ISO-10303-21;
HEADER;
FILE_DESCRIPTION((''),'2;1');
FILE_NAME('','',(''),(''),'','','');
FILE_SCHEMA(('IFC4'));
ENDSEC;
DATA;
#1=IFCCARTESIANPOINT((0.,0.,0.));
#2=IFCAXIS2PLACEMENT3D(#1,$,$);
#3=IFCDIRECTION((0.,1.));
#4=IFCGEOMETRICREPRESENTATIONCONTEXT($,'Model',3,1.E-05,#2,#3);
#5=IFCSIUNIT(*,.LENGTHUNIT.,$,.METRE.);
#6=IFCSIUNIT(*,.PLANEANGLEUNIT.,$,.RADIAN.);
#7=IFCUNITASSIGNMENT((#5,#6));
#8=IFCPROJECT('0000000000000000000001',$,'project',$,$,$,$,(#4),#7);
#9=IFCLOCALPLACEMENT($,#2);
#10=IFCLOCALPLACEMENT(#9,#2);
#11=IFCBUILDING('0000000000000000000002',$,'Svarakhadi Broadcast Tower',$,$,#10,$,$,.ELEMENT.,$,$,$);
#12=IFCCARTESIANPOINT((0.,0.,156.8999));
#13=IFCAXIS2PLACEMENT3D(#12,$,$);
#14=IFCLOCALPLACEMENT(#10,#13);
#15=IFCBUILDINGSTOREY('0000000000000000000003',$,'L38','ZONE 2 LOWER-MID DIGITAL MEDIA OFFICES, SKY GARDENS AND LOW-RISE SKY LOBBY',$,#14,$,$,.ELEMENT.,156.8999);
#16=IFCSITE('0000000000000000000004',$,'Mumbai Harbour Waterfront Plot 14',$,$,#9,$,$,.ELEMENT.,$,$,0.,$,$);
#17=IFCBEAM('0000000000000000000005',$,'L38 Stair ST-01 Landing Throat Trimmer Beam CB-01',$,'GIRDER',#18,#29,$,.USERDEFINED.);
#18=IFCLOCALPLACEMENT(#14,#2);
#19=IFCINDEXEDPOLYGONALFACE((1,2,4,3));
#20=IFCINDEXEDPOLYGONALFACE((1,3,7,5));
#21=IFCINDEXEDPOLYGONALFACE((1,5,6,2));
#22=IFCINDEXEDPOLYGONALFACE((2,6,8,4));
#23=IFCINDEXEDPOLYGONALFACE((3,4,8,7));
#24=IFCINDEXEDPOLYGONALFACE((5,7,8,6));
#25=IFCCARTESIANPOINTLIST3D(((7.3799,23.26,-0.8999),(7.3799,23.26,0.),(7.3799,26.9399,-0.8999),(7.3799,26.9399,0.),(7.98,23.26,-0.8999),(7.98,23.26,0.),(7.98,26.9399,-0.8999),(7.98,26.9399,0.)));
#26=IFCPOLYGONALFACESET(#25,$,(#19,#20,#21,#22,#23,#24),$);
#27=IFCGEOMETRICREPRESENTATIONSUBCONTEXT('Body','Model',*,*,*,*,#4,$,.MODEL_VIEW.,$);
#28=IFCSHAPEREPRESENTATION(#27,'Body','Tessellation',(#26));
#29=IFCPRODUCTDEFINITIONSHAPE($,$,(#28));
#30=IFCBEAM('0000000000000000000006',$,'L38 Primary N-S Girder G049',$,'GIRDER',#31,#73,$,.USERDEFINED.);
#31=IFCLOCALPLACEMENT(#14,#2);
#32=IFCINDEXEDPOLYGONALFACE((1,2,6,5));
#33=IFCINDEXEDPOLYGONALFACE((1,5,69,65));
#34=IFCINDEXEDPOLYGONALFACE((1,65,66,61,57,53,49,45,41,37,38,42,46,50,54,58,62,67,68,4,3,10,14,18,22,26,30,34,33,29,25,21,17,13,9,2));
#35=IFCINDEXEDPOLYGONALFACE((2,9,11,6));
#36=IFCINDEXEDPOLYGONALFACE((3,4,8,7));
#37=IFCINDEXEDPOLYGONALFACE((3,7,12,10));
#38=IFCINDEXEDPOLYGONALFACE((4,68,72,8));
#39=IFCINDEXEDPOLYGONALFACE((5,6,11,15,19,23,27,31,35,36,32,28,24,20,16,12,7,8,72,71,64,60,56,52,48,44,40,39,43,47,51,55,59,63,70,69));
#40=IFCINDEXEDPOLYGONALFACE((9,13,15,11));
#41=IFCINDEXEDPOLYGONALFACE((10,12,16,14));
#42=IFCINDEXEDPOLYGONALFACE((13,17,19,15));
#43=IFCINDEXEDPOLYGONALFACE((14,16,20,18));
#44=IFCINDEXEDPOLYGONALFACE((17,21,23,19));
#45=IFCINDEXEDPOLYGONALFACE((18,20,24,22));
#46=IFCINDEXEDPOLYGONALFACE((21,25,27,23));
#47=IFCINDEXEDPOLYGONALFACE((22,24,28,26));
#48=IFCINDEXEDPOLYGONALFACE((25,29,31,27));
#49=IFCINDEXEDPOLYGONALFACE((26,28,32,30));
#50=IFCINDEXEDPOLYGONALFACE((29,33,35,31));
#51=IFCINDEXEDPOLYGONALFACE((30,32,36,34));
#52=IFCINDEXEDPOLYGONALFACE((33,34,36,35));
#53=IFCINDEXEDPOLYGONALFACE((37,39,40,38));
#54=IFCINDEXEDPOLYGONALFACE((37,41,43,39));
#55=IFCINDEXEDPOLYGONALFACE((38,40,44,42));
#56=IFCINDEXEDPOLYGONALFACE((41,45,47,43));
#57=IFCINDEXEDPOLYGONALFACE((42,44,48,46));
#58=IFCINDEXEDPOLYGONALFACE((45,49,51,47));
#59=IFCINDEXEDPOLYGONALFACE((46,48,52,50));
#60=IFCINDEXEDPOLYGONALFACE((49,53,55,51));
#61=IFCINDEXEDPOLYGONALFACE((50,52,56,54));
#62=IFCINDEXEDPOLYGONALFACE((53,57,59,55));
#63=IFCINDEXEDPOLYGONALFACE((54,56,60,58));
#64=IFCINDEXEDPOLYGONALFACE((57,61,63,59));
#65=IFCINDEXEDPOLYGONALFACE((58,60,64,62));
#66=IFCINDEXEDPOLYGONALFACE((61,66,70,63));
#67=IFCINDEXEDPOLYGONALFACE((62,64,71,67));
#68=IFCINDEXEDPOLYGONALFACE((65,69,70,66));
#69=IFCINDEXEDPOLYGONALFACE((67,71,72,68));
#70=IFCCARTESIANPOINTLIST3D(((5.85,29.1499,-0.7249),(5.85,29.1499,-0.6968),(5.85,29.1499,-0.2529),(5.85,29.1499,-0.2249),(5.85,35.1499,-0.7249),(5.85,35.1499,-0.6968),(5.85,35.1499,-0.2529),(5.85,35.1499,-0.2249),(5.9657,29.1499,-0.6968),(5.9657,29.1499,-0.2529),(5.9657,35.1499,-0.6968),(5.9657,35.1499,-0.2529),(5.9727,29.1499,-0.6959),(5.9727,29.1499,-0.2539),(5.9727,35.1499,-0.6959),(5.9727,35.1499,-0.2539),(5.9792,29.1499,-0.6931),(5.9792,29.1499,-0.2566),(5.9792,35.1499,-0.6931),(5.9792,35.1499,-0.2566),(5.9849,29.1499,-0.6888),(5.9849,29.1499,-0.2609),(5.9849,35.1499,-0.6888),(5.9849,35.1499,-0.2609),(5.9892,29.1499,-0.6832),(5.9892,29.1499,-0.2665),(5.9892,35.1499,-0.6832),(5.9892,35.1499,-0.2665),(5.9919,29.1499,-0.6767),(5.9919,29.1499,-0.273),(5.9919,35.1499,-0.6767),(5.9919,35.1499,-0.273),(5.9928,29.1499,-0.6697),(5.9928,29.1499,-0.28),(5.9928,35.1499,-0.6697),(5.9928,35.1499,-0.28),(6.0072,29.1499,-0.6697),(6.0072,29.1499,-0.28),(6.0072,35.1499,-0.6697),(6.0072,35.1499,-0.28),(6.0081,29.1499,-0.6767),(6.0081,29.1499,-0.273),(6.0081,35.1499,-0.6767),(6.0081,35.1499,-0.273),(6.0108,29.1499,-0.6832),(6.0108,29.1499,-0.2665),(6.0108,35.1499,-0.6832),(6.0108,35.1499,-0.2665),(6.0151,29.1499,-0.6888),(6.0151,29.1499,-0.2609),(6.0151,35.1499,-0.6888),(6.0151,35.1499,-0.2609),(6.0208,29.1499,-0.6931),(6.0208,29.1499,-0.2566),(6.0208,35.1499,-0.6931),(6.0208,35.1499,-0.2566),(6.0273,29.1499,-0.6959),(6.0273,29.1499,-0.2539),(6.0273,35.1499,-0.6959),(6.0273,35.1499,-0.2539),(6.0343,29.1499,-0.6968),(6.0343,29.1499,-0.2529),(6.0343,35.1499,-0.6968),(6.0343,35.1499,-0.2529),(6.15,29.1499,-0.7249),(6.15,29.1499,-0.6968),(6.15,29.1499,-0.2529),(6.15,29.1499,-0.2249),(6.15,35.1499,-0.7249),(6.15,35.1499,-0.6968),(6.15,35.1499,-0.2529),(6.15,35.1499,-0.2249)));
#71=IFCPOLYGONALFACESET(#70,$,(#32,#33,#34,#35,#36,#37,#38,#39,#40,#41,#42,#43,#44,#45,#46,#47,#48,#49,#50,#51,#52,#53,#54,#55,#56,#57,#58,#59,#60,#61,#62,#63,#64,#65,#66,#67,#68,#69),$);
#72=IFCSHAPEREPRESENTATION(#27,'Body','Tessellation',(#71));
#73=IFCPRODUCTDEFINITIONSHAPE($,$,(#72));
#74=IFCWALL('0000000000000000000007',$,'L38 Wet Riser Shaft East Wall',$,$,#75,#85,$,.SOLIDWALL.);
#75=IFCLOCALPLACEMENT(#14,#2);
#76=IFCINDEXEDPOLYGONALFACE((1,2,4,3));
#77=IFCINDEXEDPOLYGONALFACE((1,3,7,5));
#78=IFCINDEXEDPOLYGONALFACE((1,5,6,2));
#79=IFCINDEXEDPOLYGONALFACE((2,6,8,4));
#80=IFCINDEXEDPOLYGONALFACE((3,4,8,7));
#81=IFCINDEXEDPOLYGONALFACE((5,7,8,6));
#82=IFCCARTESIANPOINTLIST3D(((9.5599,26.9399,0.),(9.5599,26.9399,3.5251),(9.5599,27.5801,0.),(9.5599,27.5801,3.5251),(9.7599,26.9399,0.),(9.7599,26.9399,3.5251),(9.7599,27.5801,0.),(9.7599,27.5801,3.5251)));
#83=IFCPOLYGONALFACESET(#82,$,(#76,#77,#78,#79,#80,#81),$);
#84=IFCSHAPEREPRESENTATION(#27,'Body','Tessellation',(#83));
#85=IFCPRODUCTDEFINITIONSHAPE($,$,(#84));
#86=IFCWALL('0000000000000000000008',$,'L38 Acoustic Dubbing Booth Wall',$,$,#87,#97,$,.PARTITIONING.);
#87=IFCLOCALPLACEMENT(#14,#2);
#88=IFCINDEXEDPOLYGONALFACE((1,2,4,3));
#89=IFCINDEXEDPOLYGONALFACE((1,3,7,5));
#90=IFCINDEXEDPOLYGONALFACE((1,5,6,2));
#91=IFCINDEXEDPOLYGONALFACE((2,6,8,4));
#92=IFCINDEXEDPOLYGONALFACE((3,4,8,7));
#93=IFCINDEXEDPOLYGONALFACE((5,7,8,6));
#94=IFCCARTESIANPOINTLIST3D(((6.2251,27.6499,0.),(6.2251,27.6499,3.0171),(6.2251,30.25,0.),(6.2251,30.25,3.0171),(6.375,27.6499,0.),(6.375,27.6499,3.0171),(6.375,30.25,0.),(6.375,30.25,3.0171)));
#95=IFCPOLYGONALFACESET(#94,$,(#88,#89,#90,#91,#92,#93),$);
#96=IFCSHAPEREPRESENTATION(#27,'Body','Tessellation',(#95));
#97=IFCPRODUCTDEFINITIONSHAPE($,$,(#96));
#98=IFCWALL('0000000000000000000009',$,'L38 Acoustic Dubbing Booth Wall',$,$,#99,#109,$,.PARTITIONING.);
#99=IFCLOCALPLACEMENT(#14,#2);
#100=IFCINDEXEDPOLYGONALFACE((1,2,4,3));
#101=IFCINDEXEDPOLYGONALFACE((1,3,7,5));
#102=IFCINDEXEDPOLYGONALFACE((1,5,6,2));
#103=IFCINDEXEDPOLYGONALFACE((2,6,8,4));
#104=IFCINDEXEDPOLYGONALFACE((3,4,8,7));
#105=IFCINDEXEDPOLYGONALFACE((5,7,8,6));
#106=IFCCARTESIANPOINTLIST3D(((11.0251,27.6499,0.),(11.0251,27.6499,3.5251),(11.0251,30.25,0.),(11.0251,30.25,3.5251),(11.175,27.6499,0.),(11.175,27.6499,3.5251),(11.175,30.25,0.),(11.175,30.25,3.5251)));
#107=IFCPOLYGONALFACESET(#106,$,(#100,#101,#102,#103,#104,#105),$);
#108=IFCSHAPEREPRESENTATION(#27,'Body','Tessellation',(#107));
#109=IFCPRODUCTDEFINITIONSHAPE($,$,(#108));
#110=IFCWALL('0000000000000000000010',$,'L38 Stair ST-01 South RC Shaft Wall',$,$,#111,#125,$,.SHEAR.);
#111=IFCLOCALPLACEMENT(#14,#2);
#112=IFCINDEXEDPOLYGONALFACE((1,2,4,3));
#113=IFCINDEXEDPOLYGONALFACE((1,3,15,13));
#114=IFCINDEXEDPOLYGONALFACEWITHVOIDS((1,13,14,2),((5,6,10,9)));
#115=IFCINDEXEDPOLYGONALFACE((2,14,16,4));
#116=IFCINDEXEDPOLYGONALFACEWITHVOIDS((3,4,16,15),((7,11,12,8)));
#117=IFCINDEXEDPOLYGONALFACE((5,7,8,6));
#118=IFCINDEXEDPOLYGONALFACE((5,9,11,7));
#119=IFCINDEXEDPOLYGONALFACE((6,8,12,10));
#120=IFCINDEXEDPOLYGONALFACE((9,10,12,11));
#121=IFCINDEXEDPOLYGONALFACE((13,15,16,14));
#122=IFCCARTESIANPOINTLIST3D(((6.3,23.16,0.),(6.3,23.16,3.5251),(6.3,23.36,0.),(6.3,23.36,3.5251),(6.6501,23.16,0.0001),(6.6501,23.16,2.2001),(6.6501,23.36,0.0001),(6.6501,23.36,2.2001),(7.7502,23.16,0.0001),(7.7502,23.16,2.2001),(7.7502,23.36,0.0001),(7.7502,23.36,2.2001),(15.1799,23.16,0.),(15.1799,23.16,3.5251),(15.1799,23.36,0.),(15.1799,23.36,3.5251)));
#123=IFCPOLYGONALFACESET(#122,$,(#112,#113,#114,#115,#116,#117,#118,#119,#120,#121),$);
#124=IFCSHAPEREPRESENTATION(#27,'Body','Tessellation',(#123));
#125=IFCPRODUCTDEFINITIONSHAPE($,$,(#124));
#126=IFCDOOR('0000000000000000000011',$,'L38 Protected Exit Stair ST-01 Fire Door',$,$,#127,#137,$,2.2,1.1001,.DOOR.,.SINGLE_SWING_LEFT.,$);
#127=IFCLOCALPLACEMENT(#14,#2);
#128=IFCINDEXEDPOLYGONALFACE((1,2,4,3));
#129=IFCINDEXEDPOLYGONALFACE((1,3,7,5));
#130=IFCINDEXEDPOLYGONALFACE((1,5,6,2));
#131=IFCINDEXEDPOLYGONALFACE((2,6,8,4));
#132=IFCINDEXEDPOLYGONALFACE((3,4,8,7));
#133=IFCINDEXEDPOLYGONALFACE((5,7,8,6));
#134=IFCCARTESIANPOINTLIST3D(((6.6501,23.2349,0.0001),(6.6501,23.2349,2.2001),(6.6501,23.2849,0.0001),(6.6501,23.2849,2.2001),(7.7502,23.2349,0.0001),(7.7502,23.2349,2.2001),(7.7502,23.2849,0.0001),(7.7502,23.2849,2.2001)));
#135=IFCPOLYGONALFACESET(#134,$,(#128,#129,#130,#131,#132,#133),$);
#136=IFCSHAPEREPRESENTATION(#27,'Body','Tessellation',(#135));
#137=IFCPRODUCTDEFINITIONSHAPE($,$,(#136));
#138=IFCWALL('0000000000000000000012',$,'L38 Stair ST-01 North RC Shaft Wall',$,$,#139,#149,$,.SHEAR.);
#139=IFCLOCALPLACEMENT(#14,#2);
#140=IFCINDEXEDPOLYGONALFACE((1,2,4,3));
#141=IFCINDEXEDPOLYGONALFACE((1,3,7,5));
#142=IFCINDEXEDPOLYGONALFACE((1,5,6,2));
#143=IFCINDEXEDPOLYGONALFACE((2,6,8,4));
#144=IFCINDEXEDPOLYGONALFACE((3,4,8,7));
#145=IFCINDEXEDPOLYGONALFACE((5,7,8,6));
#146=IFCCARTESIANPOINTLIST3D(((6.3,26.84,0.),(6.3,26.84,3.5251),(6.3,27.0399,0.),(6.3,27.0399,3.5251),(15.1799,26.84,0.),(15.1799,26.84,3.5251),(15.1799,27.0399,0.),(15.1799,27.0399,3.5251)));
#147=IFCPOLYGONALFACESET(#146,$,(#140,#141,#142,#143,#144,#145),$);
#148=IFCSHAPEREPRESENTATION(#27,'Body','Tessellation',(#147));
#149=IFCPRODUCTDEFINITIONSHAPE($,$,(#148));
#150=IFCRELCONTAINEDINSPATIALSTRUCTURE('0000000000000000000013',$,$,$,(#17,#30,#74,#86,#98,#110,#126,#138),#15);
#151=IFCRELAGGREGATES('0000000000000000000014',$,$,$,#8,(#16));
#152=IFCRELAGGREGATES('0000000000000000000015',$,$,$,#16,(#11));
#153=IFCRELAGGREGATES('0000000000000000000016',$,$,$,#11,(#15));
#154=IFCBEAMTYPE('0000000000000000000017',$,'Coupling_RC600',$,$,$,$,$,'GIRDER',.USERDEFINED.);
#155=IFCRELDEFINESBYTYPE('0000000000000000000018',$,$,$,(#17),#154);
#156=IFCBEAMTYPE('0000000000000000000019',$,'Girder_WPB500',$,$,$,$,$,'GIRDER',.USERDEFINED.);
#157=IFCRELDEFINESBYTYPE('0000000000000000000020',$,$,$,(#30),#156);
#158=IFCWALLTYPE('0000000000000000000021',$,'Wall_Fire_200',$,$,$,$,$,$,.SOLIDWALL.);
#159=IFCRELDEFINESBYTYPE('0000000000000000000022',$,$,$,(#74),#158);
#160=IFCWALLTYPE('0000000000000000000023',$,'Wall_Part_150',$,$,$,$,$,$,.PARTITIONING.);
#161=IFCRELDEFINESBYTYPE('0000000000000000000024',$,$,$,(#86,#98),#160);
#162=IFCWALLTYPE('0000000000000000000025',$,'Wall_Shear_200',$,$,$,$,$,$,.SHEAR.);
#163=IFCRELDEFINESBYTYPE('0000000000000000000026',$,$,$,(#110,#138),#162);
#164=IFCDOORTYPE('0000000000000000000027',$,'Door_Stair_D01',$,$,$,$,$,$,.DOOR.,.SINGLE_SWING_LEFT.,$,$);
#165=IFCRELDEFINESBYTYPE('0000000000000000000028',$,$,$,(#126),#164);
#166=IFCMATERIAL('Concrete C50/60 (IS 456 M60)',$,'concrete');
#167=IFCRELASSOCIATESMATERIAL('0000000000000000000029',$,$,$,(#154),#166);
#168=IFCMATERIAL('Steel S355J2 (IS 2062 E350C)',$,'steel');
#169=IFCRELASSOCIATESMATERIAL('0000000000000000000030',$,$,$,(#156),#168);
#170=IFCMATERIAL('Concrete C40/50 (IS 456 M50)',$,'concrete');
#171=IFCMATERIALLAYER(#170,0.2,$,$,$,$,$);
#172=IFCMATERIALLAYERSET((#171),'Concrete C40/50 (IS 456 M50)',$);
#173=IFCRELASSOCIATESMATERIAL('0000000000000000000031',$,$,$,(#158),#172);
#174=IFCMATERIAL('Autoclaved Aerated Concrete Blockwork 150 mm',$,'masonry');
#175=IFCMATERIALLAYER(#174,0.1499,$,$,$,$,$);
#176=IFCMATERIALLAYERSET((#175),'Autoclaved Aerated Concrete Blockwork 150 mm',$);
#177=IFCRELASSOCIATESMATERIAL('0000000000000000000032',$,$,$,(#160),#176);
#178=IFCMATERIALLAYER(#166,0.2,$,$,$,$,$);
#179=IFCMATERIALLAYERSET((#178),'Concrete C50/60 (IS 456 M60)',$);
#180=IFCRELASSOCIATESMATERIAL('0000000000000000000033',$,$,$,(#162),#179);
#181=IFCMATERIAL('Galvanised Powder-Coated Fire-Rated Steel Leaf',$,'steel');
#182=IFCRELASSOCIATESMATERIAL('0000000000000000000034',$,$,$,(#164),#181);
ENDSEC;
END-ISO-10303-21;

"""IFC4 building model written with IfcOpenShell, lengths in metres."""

from ifc_helpers import new_model, si_unit, direction, frame, frame_2d, origin, origin_2d, place, context, subcontext, project, spatial, rectangle, i_section, extrude, material, layer, layer_set, material_profile, profile_set, type_object, element, fill, save


model = new_model("IFC4")

# Units and contexts
model_context = context("Model", 3, precision=1e-05, world=origin(), true_north=direction((0.0, 1.0)))
body_context = subcontext(model_context, "Body", "Model", "MODEL_VIEW")
ifc_project = project(units=[si_unit("LENGTHUNIT", "METRE"), si_unit("PLANEANGLEUNIT", "RADIAN")], contexts=[model_context])

# Site, building, storey
site_placement = place(None, origin())
site = spatial("IfcSite", under=ifc_project, at=site_placement, Name="Mumbai Harbour Waterfront Plot 14", CompositionType="ELEMENT", RefElevation=0.0)
building_placement = place(site_placement, origin())
building = spatial("IfcBuilding", under=site, at=building_placement, Name="Svarakhadi Broadcast Tower", CompositionType="ELEMENT")
storey_placement = place(building_placement, frame((0.0, 0.0, 156.8999)))
storey = spatial("IfcBuildingStorey", under=building, at=storey_placement, Name="L38", Description="ZONE 2 LOWER-MID DIGITAL MEDIA OFFICES, SKY GARDENS AND LOW-RISE SKY LOBBY", CompositionType="ELEMENT", Elevation=156.8999)

# Beams
ifc_material_1 = material(Name="Concrete C50/60 (IS 456 M60)", Category="concrete")
ifc_material_profile_1 = material_profile(ifc_material_1, rectangle(XDim=0.6001, YDim=0.8999, at=origin_2d()), Name="RC 600x900")
ifc_profile_set_1 = profile_set([ifc_material_profile_1], Name="Concrete C50/60 (IS 456 M60)")
beam_type_1 = type_object("IfcBeamType", Name="Coupling_RC600", ElementType="GIRDER", PredefinedType="USERDEFINED", material=ifc_profile_set_1)
beam_1_placement = place(storey_placement, frame((7.6799, 23.26, -0.45), z_axis=(0.0, 1.0, 0.0), x_axis=(-1.0, 0.0, 0.0)))
element("IfcBeam", 1, at=beam_1_placement, inside=storey, type_object=beam_type_1, Name="L38 Stair ST-01 Landing Throat Trimmer Beam CB-01", ObjectType="GIRDER", PredefinedType="USERDEFINED", context=body_context, shape_type="SweptSolid", body=[
    extrude(rectangle(XDim=0.6001, YDim=0.8999, at=origin_2d()), origin(), (0.0, 0.0, 1.0), 3.6799),
])
ifc_material_2 = material(Name="Steel S355J2 (IS 2062 E350C)", Category="steel")
ifc_material_profile_2 = material_profile(ifc_material_2, i_section(OverallWidth=0.3, OverallDepth=0.5, WebThickness=0.0144, FlangeThickness=0.0281, FilletRadius=0.0271, at=origin_2d()), Name="WPB 500x300x187")
ifc_profile_set_2 = profile_set([ifc_material_profile_2], Name="Steel S355J2 (IS 2062 E350C)")
beam_type_2 = type_object("IfcBeamType", Name="Girder_WPB500", ElementType="GIRDER", PredefinedType="USERDEFINED", material=ifc_profile_set_2)
beam_2_placement = place(storey_placement, frame((6.0, 29.1499, -0.4749), z_axis=(0.0, 1.0, 0.0), x_axis=(-1.0, 0.0, 0.0)))
element("IfcBeam", 2, at=beam_2_placement, inside=storey, type_object=beam_type_2, Name="L38 Primary N-S Girder G049", ObjectType="GIRDER", PredefinedType="USERDEFINED", context=body_context, shape_type="SweptSolid", body=[
    extrude(i_section(OverallWidth=0.3, OverallDepth=0.5, WebThickness=0.0144, FlangeThickness=0.0281, FilletRadius=0.0271, at=origin_2d()), origin(), (0.0, 0.0, 1.0), 6.0),
])

# Walls
ifc_material_3 = material(Name="Concrete C40/50 (IS 456 M50)", Category="concrete")
ifc_layer_1 = layer(ifc_material_3, 0.2)
ifc_layer_set_1 = layer_set([ifc_layer_1], Name="Concrete C40/50 (IS 456 M50)")
wall_type_1 = type_object("IfcWallType", Name="Wall_Fire_200", PredefinedType="SOLIDWALL", material=ifc_layer_set_1)
wall_1_placement = place(storey_placement, frame((9.6599, 26.9399, 0.0), z_axis=(0.0, 0.0, 1.0), x_axis=(0.0, 1.0, 0.0)))
element("IfcWall", 3, at=wall_1_placement, inside=storey, type_object=wall_type_1, Name="L38 Wet Riser Shaft East Wall", PredefinedType="SOLIDWALL", context=body_context, shape_type="SweptSolid", body=[
    extrude(rectangle(XDim=0.6401, YDim=0.2, at=frame_2d((0.3201, 0.0))), origin(), (0.0, 0.0, 1.0), 3.5251),
])
ifc_material_4 = material(Name="Autoclaved Aerated Concrete Blockwork 150 mm", Category="masonry")
ifc_layer_2 = layer(ifc_material_4, 0.1499)
ifc_layer_set_2 = layer_set([ifc_layer_2], Name="Autoclaved Aerated Concrete Blockwork 150 mm")
wall_type_2 = type_object("IfcWallType", Name="Wall_Part_150", PredefinedType="PARTITIONING", material=ifc_layer_set_2)
wall_2_placement = place(storey_placement, frame((6.3, 27.6499, 0.0), z_axis=(0.0, 0.0, 1.0), x_axis=(0.0, 1.0, 0.0)))
element("IfcWall", 4, at=wall_2_placement, inside=storey, type_object=wall_type_2, Name="L38 Acoustic Dubbing Booth Wall", PredefinedType="PARTITIONING", context=body_context, shape_type="SweptSolid", body=[
    extrude(rectangle(XDim=2.6001, YDim=0.1499, at=frame_2d((1.3, 0.0))), origin(), (0.0, 0.0, 1.0), 3.0171),
])
wall_3_placement = place(storey_placement, frame((11.1001, 27.6499, 0.0), z_axis=(0.0, 0.0, 1.0), x_axis=(0.0, 1.0, 0.0)))
element("IfcWall", 5, at=wall_3_placement, inside=storey, type_object=wall_type_2, Name="L38 Acoustic Dubbing Booth Wall", PredefinedType="PARTITIONING", context=body_context, shape_type="SweptSolid", body=[
    extrude(rectangle(XDim=2.6001, YDim=0.1499, at=frame_2d((1.3, 0.0))), origin(), (0.0, 0.0, 1.0), 3.5251),
])

# Wall, opening, door
ifc_layer_3 = layer(ifc_material_1, 0.2)
ifc_layer_set_3 = layer_set([ifc_layer_3], Name="Concrete C50/60 (IS 456 M60)")
wall_type_3 = type_object("IfcWallType", Name="Wall_Shear_200", PredefinedType="SHEAR", material=ifc_layer_set_3)
wall_4_placement = place(storey_placement, frame((6.3, 23.26, 0.0), z_axis=(0.0, 0.0, 1.0), x_axis=(1.0, 0.0, 0.0)))
wall_4 = element("IfcWall", 6, at=wall_4_placement, inside=storey, type_object=wall_type_3, Name="L38 Stair ST-01 South RC Shaft Wall", PredefinedType="SHEAR", context=body_context, shape_type="SweptSolid", body=[
    extrude(rectangle(XDim=8.8799, YDim=0.2, at=frame_2d((4.4399, 0.0))), origin(), (0.0, 0.0, 1.0), 3.5251),
])
opening_1_placement = place(wall_4_placement, frame((0.3501, 0.0, 0.0)))
opening_1 = element("IfcOpeningElement", 7, at=opening_1_placement, cuts=wall_4, PredefinedType="OPENING", context=body_context, shape_type="SweptSolid", body=[
    extrude(rectangle(XDim=1.1001, YDim=2.2, at=frame_2d((0.55, 1.1001))), frame((0.0, 0.1099, 0.0), z_axis=(0.0, -1.0, 0.0), x_axis=(1.0, 0.0, 0.0)), (0.0, 0.0, 1.0), 0.22),
])
ifc_material_5 = material(Name="Galvanised Powder-Coated Fire-Rated Steel Leaf", Category="steel")
door_type_1 = type_object("IfcDoorType", Name="Door_Stair_D01", OperationType="SINGLE_SWING_LEFT", PredefinedType="DOOR", material=ifc_material_5)
door_1_placement = place(opening_1_placement, origin())
door_1 = element("IfcDoor", 8, at=door_1_placement, inside=storey, type_object=door_type_1, Name="L38 Protected Exit Stair ST-01 Fire Door", OperationType="SINGLE_SWING_LEFT", OverallHeight=2.2, OverallWidth=1.1001, PredefinedType="DOOR", context=body_context, shape_type="SweptSolid", body=[
    extrude(rectangle(XDim=1.1001, YDim=2.2, at=frame_2d((0.55, 1.1001))), frame((0.0, 0.0249, 0.0), z_axis=(0.0, -1.0, 0.0), x_axis=(1.0, 0.0, 0.0)), (0.0, 0.0, 1.0), 0.05),
])
fill(opening_1, door_1)

# Wall
wall_5_placement = place(storey_placement, frame((6.3, 26.9399, 0.0), z_axis=(0.0, 0.0, 1.0), x_axis=(1.0, 0.0, 0.0)))
element("IfcWall", 9, at=wall_5_placement, inside=storey, type_object=wall_type_3, Name="L38 Stair ST-01 North RC Shaft Wall", PredefinedType="SHEAR", context=body_context, shape_type="SweptSolid", body=[
    extrude(rectangle(XDim=8.8799, YDim=0.2, at=frame_2d((4.4399, 0.0))), origin(), (0.0, 0.0, 1.0), 3.5251),
])

save(model, "model.ifc")
